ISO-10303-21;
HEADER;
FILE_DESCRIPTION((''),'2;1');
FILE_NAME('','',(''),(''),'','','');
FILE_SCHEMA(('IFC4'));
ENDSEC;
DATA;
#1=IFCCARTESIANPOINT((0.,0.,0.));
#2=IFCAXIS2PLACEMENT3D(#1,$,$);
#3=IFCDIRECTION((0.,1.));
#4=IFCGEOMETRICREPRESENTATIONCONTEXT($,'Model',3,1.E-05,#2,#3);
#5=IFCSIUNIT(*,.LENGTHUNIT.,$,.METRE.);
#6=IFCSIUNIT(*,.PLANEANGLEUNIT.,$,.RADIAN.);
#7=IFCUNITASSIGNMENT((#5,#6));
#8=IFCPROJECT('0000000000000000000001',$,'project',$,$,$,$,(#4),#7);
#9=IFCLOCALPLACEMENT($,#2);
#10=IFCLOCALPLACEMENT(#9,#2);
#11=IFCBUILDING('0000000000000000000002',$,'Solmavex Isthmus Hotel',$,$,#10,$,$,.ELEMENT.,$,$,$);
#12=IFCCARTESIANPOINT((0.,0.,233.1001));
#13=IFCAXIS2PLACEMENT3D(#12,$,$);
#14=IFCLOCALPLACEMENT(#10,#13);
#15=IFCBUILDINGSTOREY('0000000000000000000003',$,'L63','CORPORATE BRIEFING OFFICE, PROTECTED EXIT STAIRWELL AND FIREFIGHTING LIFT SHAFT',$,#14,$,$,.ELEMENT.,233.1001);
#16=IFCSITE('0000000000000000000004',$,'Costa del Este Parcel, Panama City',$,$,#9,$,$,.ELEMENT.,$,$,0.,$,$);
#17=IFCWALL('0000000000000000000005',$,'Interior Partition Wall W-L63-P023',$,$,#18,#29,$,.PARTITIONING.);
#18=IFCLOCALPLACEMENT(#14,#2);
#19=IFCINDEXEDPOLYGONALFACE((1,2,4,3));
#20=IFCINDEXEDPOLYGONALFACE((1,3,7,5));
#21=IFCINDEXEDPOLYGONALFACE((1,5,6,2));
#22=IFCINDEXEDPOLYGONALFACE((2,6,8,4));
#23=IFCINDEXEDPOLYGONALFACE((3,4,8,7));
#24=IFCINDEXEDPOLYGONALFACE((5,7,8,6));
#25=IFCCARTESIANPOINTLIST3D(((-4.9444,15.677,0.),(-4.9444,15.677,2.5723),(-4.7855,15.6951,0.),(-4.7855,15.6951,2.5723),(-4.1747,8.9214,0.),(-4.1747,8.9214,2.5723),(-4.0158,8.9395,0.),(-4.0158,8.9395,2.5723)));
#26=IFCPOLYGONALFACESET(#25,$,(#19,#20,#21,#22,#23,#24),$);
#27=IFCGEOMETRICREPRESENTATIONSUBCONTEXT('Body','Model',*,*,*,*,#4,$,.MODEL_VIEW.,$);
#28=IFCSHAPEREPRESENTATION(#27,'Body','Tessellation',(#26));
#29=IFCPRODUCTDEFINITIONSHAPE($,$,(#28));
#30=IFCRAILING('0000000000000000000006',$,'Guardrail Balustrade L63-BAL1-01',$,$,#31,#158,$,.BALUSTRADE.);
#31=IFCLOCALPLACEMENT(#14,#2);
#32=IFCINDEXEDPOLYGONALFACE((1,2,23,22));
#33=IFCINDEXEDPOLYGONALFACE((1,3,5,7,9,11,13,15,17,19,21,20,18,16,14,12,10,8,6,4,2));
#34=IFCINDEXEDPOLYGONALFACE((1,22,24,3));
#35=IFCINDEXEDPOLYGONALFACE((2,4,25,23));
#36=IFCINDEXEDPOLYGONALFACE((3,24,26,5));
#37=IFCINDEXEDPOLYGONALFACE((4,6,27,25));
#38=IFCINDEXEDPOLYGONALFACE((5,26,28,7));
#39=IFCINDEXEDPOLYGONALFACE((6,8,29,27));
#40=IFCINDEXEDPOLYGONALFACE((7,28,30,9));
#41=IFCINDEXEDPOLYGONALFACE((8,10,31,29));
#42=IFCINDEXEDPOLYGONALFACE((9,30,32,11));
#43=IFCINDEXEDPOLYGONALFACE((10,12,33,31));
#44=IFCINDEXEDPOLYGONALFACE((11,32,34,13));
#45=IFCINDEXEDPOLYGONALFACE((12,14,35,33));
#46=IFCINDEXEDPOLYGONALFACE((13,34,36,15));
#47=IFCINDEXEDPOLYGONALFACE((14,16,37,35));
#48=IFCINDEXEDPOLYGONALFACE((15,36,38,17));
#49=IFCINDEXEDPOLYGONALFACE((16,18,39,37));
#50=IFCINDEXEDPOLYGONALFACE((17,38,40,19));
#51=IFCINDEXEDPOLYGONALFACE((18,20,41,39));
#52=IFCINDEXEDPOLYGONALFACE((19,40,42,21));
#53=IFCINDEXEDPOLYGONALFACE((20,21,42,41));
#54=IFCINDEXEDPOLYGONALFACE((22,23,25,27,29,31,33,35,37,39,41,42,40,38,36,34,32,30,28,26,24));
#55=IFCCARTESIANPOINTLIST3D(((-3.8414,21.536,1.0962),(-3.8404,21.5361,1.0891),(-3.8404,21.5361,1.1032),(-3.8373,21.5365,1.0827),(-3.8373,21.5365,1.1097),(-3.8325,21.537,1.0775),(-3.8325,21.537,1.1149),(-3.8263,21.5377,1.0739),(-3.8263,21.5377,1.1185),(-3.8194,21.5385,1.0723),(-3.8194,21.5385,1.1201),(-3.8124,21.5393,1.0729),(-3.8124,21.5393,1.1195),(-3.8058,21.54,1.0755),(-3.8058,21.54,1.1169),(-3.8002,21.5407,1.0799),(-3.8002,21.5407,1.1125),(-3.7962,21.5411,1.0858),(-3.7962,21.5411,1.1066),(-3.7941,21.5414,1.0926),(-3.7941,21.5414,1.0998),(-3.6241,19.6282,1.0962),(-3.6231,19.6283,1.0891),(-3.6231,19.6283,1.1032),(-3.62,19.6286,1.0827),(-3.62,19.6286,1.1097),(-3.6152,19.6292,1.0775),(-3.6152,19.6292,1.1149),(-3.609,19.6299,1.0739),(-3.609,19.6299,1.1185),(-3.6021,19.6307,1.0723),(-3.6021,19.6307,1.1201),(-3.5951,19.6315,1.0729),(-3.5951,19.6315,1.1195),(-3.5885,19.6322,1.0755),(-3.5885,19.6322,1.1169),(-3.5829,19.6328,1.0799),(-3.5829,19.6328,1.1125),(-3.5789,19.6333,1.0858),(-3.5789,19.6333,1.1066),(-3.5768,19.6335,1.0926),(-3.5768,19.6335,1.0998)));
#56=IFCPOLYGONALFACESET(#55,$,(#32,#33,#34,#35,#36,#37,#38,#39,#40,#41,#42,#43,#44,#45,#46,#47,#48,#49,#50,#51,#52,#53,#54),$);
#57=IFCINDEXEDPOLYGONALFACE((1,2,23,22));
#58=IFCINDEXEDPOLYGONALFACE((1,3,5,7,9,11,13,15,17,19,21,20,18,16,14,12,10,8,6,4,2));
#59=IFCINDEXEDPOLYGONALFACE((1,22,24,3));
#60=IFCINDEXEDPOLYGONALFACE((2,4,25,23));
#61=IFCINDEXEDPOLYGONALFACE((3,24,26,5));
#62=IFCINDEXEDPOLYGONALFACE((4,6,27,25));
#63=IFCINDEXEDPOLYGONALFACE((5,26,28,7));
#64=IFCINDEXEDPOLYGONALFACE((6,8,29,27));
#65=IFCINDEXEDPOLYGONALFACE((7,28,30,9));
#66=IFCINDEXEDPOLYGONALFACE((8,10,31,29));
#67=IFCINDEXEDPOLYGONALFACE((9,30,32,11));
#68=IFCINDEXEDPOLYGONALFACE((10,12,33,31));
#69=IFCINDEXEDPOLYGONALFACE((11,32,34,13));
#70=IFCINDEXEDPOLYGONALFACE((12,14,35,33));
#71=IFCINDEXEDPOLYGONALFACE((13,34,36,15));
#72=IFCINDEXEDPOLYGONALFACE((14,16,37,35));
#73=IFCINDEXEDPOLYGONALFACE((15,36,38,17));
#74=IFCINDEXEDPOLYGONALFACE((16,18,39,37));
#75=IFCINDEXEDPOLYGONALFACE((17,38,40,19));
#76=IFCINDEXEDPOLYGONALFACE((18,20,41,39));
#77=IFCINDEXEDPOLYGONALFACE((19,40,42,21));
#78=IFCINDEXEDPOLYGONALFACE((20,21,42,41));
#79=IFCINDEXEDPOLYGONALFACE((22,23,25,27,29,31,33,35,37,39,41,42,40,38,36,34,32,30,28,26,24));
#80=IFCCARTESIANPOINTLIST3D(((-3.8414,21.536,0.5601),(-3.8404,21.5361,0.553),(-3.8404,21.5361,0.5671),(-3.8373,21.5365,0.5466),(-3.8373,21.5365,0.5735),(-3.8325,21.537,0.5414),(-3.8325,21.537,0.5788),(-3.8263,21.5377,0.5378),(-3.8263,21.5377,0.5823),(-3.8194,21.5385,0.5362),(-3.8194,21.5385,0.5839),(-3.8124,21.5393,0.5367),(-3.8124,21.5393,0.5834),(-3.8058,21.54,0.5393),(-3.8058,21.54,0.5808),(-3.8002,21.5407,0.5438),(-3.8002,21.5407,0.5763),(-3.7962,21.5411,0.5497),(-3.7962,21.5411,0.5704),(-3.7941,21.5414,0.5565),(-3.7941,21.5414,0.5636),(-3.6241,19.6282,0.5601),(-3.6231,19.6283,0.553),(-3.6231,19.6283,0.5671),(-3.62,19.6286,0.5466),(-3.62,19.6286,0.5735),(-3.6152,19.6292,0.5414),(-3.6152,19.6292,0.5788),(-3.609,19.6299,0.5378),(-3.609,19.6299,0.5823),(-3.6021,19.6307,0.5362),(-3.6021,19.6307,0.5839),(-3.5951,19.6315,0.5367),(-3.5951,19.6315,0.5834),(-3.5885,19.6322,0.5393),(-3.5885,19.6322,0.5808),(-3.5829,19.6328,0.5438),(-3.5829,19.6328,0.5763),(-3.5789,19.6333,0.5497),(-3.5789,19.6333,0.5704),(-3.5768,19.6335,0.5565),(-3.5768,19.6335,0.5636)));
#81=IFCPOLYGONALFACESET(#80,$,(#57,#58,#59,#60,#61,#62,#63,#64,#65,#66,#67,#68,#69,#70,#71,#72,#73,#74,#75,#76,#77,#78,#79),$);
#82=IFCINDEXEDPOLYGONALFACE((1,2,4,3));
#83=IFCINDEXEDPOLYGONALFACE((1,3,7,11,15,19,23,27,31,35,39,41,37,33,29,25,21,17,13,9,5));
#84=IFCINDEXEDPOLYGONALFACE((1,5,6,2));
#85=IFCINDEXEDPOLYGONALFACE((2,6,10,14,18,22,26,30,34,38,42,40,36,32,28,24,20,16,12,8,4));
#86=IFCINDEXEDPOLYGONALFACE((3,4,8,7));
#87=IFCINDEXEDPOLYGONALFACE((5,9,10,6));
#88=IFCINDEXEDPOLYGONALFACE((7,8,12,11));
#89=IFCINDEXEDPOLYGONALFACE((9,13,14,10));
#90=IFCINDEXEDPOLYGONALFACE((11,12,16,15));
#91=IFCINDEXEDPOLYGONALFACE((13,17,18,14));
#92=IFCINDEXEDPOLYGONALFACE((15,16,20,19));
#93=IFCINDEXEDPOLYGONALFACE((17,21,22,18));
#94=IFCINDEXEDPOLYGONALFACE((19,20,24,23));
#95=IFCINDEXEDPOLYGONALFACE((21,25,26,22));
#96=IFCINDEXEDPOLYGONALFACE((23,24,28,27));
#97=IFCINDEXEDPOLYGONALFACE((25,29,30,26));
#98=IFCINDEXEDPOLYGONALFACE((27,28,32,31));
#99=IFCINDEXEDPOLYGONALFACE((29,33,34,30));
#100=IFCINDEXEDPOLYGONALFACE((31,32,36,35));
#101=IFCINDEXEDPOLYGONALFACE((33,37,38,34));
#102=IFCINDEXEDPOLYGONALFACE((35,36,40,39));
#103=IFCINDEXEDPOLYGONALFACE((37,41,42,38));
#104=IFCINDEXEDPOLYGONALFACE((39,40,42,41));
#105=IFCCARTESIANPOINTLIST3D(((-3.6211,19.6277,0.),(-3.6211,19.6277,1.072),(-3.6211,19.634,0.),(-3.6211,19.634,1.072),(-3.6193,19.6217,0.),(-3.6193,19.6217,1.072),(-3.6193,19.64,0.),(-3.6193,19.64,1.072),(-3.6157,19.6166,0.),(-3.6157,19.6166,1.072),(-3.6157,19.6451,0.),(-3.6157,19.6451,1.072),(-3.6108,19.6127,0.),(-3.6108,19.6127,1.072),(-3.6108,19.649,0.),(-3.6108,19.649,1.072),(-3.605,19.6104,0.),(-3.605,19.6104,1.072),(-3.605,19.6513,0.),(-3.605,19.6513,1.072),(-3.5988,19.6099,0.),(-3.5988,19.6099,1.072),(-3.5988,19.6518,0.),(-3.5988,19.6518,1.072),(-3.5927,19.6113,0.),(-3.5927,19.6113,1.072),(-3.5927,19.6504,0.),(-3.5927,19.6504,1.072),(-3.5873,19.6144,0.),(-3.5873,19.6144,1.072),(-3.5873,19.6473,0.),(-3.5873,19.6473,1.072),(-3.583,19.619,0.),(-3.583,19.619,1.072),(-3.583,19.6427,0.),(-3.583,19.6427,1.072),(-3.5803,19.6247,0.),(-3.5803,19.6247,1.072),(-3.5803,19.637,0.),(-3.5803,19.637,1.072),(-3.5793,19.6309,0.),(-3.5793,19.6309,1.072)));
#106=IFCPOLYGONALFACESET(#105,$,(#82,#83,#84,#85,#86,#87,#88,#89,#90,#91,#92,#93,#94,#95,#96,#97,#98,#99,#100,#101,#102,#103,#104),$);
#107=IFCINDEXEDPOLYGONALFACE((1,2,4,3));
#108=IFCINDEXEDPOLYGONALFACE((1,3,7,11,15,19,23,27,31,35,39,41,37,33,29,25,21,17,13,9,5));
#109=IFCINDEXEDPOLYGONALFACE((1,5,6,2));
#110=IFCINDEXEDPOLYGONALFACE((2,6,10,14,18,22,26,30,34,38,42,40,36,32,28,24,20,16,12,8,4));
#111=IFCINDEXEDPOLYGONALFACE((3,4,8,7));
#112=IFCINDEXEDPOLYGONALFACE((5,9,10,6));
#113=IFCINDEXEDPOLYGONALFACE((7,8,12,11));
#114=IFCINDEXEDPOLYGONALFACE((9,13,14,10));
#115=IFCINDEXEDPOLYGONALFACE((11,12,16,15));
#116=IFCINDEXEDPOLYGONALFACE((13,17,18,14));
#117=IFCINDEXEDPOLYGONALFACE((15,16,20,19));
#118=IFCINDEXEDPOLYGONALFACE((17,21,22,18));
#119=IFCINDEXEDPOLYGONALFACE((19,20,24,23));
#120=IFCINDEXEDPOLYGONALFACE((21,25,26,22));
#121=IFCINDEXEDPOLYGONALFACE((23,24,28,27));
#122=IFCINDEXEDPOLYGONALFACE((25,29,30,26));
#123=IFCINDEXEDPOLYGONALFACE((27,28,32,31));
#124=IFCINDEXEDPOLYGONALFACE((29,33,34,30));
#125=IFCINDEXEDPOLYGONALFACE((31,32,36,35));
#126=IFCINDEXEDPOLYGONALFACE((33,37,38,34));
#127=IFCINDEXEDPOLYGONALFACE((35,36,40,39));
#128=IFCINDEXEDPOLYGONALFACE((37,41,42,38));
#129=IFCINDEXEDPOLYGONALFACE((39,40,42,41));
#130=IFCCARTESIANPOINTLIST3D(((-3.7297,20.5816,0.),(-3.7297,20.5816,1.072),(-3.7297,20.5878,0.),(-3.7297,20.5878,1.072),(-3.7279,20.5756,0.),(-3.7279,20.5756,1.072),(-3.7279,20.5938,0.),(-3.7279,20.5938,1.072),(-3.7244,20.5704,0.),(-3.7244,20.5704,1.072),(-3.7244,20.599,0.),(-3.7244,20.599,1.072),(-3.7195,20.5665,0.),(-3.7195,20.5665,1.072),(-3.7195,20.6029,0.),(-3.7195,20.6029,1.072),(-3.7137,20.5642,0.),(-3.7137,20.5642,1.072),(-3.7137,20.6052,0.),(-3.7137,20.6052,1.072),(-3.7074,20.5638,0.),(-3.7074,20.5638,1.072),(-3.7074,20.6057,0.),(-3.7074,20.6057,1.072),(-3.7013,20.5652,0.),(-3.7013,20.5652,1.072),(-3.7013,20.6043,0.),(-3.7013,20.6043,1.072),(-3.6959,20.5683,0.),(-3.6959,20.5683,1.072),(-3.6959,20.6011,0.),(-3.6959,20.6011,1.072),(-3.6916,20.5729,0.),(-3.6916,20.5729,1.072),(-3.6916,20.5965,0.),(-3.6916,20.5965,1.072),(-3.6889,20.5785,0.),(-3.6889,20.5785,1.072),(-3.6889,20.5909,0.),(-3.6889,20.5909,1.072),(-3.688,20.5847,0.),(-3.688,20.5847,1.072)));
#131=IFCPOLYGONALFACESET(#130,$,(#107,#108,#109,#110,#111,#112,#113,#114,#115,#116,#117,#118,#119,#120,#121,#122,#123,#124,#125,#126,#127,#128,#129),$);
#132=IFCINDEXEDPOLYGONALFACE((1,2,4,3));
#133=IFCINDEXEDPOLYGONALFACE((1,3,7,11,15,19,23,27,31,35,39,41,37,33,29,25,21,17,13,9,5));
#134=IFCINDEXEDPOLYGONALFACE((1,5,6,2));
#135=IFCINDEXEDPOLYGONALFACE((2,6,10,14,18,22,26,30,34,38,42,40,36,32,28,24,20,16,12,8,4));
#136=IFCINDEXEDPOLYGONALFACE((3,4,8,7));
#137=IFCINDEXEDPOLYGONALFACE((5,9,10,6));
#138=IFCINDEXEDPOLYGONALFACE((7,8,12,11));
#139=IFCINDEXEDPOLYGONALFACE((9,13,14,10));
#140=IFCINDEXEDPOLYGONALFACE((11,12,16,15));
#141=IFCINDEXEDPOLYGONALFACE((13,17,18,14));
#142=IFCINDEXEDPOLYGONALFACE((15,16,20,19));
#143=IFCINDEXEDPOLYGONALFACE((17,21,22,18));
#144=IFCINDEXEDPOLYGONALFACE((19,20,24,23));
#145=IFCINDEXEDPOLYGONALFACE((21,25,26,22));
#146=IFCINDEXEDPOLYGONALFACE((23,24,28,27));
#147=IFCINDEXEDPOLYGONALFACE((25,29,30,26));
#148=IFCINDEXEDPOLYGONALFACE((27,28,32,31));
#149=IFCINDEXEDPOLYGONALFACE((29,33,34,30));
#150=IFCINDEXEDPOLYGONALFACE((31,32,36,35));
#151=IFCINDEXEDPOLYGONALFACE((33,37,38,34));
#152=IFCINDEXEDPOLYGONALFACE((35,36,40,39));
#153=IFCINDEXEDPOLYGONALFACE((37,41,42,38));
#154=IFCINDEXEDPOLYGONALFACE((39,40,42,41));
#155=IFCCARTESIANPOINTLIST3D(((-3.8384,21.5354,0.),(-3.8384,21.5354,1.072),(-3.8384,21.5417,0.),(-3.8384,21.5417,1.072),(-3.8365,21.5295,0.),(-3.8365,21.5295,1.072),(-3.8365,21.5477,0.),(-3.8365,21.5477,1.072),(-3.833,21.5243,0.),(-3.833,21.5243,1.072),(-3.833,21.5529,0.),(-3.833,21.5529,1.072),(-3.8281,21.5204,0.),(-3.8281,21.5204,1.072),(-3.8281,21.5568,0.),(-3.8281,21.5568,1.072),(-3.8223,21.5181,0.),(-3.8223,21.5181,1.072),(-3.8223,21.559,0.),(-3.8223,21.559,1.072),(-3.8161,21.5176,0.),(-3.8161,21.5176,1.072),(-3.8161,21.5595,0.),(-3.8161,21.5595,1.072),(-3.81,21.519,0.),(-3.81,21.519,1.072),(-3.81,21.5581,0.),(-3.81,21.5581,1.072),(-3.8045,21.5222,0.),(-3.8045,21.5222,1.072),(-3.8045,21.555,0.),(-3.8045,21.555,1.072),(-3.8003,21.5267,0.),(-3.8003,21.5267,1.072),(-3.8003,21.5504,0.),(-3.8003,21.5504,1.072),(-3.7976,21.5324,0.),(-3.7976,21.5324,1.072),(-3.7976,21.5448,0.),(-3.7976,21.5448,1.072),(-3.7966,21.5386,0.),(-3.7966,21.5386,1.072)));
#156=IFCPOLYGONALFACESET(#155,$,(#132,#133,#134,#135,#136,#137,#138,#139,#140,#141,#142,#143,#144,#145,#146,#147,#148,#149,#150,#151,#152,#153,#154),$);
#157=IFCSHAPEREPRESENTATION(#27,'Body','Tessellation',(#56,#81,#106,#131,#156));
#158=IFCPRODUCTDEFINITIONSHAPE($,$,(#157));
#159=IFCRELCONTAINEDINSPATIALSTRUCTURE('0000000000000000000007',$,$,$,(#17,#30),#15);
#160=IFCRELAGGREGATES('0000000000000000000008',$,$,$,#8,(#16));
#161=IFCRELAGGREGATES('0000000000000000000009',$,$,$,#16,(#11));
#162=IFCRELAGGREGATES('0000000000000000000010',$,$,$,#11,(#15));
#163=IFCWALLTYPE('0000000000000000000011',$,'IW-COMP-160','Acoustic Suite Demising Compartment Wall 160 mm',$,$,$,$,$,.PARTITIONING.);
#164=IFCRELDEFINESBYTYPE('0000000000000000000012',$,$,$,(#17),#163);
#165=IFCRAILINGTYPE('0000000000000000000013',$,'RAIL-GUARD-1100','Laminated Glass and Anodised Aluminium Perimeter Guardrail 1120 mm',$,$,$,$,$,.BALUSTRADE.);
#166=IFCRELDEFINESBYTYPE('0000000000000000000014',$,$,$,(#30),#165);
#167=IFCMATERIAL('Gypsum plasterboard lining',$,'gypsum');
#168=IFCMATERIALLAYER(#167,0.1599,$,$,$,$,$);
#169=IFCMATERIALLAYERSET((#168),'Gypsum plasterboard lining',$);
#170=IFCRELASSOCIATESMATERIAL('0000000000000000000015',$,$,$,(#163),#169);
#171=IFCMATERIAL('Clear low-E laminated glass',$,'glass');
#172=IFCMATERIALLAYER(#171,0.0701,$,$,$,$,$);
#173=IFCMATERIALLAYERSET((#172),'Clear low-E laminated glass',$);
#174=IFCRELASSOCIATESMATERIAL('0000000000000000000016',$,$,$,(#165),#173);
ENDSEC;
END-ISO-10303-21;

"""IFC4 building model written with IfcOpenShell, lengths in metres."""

from ifc_helpers import new_model, si_unit, direction, frame, frame_2d, origin, origin_2d, place, context, subcontext, project, spatial, rectangle, circle, extrude, material, layer, layer_set, type_object, element, save


model = new_model("IFC4")

# Units and contexts
model_context = context("Model", 3, precision=1e-05, world=origin(), true_north=direction((0.0, 1.0)))
body_context = subcontext(model_context, "Body", "Model", "MODEL_VIEW")
ifc_project = project(units=[si_unit("LENGTHUNIT", "METRE"), si_unit("PLANEANGLEUNIT", "RADIAN")], contexts=[model_context])

# Site, building, storey
site_placement = place(None, origin())
site = spatial("IfcSite", under=ifc_project, at=site_placement, Name="Costa del Este Parcel, Panama City", CompositionType="ELEMENT", RefElevation=0.0)
building_placement = place(site_placement, origin())
building = spatial("IfcBuilding", under=site, at=building_placement, Name="Solmavex Isthmus Hotel", CompositionType="ELEMENT")
storey_placement = place(building_placement, frame((0.0, 0.0, 233.1001)))
storey = spatial("IfcBuildingStorey", under=building, at=storey_placement, Name="L63", Description="CORPORATE BRIEFING OFFICE, PROTECTED EXIT STAIRWELL AND FIREFIGHTING LIFT SHAFT", CompositionType="ELEMENT", Elevation=233.1001)

# Shared definitions
ifc_material_1 = material(Name="Clear low-E laminated glass", Category="glass")

# Wall
ifc_material_2 = material(Name="Gypsum plasterboard lining", Category="gypsum")
ifc_layer_1 = layer(ifc_material_2, 0.1599)
ifc_layer_set_1 = layer_set([ifc_layer_1], Name="Gypsum plasterboard lining")
wall_type_1 = type_object("IfcWallType", Name="IW-COMP-160", Description="Acoustic Suite Demising Compartment Wall 160 mm", PredefinedType="PARTITIONING", material=ifc_layer_set_1)
wall_1_placement = place(storey_placement, frame((-4.865, 15.686, 0.0), z_axis=(0.0, 0.0, 1.0), x_axis=(0.113213, -0.993571, 0.0)))
element("IfcWall", 1, at=wall_1_placement, inside=storey, type_object=wall_type_1, Name="Interior Partition Wall W-L63-P023", PredefinedType="PARTITIONING", context=body_context, shape_type="SweptSolid", body=[
    extrude(rectangle(XDim=6.7993, YDim=0.1599, at=frame_2d((3.3997, 0.0))), origin(), (0.0, 0.0, 1.0), 2.5723),
])

# Railing
ifc_layer_2 = layer(ifc_material_1, 0.0701)
ifc_layer_set_2 = layer_set([ifc_layer_2], Name="Clear low-E laminated glass")
railing_type = type_object("IfcRailingType", Name="RAIL-GUARD-1100", Description="Laminated Glass and Anodised Aluminium Perimeter Guardrail 1120 mm", PredefinedType="BALUSTRADE", material=ifc_layer_set_2)
railing_1_placement = place(storey_placement, frame((-3.6003, 19.6309, 0.0)))
element("IfcRailing", 2, at=railing_1_placement, inside=storey, type_object=railing_type, Name="Guardrail Balustrade L63-BAL1-01", PredefinedType="BALUSTRADE", context=body_context, shape_type="SweptSolid", body=[
    extrude(circle(Radius=0.0239, at=origin_2d()), frame((0.0, 0.0, 1.0962), z_axis=(-0.113166, 0.993576, 0.0), x_axis=(-0.993576, -0.113166, 0.0)), (0.0, 0.0, 1.0), 1.9202),
    extrude(circle(Radius=0.0239, at=origin_2d()), frame((0.0, 0.0, 0.5601), z_axis=(-0.113166, 0.993576, 0.0), x_axis=(-0.993576, -0.113166, 0.0)), (0.0, 0.0, 1.0), 1.9202),
    extrude(circle(Radius=0.021, at=origin_2d()), origin(), (0.0, 0.0, 1.0), 1.072),
    extrude(circle(Radius=0.021, at=origin_2d()), frame((-0.1086, 0.9539, 0.0)), (0.0, 0.0, 1.0), 1.072),
    extrude(circle(Radius=0.021, at=origin_2d()), frame((-0.2173, 1.9077, 0.0)), (0.0, 0.0, 1.0), 1.072),
])

save(model, "model.ifc")
